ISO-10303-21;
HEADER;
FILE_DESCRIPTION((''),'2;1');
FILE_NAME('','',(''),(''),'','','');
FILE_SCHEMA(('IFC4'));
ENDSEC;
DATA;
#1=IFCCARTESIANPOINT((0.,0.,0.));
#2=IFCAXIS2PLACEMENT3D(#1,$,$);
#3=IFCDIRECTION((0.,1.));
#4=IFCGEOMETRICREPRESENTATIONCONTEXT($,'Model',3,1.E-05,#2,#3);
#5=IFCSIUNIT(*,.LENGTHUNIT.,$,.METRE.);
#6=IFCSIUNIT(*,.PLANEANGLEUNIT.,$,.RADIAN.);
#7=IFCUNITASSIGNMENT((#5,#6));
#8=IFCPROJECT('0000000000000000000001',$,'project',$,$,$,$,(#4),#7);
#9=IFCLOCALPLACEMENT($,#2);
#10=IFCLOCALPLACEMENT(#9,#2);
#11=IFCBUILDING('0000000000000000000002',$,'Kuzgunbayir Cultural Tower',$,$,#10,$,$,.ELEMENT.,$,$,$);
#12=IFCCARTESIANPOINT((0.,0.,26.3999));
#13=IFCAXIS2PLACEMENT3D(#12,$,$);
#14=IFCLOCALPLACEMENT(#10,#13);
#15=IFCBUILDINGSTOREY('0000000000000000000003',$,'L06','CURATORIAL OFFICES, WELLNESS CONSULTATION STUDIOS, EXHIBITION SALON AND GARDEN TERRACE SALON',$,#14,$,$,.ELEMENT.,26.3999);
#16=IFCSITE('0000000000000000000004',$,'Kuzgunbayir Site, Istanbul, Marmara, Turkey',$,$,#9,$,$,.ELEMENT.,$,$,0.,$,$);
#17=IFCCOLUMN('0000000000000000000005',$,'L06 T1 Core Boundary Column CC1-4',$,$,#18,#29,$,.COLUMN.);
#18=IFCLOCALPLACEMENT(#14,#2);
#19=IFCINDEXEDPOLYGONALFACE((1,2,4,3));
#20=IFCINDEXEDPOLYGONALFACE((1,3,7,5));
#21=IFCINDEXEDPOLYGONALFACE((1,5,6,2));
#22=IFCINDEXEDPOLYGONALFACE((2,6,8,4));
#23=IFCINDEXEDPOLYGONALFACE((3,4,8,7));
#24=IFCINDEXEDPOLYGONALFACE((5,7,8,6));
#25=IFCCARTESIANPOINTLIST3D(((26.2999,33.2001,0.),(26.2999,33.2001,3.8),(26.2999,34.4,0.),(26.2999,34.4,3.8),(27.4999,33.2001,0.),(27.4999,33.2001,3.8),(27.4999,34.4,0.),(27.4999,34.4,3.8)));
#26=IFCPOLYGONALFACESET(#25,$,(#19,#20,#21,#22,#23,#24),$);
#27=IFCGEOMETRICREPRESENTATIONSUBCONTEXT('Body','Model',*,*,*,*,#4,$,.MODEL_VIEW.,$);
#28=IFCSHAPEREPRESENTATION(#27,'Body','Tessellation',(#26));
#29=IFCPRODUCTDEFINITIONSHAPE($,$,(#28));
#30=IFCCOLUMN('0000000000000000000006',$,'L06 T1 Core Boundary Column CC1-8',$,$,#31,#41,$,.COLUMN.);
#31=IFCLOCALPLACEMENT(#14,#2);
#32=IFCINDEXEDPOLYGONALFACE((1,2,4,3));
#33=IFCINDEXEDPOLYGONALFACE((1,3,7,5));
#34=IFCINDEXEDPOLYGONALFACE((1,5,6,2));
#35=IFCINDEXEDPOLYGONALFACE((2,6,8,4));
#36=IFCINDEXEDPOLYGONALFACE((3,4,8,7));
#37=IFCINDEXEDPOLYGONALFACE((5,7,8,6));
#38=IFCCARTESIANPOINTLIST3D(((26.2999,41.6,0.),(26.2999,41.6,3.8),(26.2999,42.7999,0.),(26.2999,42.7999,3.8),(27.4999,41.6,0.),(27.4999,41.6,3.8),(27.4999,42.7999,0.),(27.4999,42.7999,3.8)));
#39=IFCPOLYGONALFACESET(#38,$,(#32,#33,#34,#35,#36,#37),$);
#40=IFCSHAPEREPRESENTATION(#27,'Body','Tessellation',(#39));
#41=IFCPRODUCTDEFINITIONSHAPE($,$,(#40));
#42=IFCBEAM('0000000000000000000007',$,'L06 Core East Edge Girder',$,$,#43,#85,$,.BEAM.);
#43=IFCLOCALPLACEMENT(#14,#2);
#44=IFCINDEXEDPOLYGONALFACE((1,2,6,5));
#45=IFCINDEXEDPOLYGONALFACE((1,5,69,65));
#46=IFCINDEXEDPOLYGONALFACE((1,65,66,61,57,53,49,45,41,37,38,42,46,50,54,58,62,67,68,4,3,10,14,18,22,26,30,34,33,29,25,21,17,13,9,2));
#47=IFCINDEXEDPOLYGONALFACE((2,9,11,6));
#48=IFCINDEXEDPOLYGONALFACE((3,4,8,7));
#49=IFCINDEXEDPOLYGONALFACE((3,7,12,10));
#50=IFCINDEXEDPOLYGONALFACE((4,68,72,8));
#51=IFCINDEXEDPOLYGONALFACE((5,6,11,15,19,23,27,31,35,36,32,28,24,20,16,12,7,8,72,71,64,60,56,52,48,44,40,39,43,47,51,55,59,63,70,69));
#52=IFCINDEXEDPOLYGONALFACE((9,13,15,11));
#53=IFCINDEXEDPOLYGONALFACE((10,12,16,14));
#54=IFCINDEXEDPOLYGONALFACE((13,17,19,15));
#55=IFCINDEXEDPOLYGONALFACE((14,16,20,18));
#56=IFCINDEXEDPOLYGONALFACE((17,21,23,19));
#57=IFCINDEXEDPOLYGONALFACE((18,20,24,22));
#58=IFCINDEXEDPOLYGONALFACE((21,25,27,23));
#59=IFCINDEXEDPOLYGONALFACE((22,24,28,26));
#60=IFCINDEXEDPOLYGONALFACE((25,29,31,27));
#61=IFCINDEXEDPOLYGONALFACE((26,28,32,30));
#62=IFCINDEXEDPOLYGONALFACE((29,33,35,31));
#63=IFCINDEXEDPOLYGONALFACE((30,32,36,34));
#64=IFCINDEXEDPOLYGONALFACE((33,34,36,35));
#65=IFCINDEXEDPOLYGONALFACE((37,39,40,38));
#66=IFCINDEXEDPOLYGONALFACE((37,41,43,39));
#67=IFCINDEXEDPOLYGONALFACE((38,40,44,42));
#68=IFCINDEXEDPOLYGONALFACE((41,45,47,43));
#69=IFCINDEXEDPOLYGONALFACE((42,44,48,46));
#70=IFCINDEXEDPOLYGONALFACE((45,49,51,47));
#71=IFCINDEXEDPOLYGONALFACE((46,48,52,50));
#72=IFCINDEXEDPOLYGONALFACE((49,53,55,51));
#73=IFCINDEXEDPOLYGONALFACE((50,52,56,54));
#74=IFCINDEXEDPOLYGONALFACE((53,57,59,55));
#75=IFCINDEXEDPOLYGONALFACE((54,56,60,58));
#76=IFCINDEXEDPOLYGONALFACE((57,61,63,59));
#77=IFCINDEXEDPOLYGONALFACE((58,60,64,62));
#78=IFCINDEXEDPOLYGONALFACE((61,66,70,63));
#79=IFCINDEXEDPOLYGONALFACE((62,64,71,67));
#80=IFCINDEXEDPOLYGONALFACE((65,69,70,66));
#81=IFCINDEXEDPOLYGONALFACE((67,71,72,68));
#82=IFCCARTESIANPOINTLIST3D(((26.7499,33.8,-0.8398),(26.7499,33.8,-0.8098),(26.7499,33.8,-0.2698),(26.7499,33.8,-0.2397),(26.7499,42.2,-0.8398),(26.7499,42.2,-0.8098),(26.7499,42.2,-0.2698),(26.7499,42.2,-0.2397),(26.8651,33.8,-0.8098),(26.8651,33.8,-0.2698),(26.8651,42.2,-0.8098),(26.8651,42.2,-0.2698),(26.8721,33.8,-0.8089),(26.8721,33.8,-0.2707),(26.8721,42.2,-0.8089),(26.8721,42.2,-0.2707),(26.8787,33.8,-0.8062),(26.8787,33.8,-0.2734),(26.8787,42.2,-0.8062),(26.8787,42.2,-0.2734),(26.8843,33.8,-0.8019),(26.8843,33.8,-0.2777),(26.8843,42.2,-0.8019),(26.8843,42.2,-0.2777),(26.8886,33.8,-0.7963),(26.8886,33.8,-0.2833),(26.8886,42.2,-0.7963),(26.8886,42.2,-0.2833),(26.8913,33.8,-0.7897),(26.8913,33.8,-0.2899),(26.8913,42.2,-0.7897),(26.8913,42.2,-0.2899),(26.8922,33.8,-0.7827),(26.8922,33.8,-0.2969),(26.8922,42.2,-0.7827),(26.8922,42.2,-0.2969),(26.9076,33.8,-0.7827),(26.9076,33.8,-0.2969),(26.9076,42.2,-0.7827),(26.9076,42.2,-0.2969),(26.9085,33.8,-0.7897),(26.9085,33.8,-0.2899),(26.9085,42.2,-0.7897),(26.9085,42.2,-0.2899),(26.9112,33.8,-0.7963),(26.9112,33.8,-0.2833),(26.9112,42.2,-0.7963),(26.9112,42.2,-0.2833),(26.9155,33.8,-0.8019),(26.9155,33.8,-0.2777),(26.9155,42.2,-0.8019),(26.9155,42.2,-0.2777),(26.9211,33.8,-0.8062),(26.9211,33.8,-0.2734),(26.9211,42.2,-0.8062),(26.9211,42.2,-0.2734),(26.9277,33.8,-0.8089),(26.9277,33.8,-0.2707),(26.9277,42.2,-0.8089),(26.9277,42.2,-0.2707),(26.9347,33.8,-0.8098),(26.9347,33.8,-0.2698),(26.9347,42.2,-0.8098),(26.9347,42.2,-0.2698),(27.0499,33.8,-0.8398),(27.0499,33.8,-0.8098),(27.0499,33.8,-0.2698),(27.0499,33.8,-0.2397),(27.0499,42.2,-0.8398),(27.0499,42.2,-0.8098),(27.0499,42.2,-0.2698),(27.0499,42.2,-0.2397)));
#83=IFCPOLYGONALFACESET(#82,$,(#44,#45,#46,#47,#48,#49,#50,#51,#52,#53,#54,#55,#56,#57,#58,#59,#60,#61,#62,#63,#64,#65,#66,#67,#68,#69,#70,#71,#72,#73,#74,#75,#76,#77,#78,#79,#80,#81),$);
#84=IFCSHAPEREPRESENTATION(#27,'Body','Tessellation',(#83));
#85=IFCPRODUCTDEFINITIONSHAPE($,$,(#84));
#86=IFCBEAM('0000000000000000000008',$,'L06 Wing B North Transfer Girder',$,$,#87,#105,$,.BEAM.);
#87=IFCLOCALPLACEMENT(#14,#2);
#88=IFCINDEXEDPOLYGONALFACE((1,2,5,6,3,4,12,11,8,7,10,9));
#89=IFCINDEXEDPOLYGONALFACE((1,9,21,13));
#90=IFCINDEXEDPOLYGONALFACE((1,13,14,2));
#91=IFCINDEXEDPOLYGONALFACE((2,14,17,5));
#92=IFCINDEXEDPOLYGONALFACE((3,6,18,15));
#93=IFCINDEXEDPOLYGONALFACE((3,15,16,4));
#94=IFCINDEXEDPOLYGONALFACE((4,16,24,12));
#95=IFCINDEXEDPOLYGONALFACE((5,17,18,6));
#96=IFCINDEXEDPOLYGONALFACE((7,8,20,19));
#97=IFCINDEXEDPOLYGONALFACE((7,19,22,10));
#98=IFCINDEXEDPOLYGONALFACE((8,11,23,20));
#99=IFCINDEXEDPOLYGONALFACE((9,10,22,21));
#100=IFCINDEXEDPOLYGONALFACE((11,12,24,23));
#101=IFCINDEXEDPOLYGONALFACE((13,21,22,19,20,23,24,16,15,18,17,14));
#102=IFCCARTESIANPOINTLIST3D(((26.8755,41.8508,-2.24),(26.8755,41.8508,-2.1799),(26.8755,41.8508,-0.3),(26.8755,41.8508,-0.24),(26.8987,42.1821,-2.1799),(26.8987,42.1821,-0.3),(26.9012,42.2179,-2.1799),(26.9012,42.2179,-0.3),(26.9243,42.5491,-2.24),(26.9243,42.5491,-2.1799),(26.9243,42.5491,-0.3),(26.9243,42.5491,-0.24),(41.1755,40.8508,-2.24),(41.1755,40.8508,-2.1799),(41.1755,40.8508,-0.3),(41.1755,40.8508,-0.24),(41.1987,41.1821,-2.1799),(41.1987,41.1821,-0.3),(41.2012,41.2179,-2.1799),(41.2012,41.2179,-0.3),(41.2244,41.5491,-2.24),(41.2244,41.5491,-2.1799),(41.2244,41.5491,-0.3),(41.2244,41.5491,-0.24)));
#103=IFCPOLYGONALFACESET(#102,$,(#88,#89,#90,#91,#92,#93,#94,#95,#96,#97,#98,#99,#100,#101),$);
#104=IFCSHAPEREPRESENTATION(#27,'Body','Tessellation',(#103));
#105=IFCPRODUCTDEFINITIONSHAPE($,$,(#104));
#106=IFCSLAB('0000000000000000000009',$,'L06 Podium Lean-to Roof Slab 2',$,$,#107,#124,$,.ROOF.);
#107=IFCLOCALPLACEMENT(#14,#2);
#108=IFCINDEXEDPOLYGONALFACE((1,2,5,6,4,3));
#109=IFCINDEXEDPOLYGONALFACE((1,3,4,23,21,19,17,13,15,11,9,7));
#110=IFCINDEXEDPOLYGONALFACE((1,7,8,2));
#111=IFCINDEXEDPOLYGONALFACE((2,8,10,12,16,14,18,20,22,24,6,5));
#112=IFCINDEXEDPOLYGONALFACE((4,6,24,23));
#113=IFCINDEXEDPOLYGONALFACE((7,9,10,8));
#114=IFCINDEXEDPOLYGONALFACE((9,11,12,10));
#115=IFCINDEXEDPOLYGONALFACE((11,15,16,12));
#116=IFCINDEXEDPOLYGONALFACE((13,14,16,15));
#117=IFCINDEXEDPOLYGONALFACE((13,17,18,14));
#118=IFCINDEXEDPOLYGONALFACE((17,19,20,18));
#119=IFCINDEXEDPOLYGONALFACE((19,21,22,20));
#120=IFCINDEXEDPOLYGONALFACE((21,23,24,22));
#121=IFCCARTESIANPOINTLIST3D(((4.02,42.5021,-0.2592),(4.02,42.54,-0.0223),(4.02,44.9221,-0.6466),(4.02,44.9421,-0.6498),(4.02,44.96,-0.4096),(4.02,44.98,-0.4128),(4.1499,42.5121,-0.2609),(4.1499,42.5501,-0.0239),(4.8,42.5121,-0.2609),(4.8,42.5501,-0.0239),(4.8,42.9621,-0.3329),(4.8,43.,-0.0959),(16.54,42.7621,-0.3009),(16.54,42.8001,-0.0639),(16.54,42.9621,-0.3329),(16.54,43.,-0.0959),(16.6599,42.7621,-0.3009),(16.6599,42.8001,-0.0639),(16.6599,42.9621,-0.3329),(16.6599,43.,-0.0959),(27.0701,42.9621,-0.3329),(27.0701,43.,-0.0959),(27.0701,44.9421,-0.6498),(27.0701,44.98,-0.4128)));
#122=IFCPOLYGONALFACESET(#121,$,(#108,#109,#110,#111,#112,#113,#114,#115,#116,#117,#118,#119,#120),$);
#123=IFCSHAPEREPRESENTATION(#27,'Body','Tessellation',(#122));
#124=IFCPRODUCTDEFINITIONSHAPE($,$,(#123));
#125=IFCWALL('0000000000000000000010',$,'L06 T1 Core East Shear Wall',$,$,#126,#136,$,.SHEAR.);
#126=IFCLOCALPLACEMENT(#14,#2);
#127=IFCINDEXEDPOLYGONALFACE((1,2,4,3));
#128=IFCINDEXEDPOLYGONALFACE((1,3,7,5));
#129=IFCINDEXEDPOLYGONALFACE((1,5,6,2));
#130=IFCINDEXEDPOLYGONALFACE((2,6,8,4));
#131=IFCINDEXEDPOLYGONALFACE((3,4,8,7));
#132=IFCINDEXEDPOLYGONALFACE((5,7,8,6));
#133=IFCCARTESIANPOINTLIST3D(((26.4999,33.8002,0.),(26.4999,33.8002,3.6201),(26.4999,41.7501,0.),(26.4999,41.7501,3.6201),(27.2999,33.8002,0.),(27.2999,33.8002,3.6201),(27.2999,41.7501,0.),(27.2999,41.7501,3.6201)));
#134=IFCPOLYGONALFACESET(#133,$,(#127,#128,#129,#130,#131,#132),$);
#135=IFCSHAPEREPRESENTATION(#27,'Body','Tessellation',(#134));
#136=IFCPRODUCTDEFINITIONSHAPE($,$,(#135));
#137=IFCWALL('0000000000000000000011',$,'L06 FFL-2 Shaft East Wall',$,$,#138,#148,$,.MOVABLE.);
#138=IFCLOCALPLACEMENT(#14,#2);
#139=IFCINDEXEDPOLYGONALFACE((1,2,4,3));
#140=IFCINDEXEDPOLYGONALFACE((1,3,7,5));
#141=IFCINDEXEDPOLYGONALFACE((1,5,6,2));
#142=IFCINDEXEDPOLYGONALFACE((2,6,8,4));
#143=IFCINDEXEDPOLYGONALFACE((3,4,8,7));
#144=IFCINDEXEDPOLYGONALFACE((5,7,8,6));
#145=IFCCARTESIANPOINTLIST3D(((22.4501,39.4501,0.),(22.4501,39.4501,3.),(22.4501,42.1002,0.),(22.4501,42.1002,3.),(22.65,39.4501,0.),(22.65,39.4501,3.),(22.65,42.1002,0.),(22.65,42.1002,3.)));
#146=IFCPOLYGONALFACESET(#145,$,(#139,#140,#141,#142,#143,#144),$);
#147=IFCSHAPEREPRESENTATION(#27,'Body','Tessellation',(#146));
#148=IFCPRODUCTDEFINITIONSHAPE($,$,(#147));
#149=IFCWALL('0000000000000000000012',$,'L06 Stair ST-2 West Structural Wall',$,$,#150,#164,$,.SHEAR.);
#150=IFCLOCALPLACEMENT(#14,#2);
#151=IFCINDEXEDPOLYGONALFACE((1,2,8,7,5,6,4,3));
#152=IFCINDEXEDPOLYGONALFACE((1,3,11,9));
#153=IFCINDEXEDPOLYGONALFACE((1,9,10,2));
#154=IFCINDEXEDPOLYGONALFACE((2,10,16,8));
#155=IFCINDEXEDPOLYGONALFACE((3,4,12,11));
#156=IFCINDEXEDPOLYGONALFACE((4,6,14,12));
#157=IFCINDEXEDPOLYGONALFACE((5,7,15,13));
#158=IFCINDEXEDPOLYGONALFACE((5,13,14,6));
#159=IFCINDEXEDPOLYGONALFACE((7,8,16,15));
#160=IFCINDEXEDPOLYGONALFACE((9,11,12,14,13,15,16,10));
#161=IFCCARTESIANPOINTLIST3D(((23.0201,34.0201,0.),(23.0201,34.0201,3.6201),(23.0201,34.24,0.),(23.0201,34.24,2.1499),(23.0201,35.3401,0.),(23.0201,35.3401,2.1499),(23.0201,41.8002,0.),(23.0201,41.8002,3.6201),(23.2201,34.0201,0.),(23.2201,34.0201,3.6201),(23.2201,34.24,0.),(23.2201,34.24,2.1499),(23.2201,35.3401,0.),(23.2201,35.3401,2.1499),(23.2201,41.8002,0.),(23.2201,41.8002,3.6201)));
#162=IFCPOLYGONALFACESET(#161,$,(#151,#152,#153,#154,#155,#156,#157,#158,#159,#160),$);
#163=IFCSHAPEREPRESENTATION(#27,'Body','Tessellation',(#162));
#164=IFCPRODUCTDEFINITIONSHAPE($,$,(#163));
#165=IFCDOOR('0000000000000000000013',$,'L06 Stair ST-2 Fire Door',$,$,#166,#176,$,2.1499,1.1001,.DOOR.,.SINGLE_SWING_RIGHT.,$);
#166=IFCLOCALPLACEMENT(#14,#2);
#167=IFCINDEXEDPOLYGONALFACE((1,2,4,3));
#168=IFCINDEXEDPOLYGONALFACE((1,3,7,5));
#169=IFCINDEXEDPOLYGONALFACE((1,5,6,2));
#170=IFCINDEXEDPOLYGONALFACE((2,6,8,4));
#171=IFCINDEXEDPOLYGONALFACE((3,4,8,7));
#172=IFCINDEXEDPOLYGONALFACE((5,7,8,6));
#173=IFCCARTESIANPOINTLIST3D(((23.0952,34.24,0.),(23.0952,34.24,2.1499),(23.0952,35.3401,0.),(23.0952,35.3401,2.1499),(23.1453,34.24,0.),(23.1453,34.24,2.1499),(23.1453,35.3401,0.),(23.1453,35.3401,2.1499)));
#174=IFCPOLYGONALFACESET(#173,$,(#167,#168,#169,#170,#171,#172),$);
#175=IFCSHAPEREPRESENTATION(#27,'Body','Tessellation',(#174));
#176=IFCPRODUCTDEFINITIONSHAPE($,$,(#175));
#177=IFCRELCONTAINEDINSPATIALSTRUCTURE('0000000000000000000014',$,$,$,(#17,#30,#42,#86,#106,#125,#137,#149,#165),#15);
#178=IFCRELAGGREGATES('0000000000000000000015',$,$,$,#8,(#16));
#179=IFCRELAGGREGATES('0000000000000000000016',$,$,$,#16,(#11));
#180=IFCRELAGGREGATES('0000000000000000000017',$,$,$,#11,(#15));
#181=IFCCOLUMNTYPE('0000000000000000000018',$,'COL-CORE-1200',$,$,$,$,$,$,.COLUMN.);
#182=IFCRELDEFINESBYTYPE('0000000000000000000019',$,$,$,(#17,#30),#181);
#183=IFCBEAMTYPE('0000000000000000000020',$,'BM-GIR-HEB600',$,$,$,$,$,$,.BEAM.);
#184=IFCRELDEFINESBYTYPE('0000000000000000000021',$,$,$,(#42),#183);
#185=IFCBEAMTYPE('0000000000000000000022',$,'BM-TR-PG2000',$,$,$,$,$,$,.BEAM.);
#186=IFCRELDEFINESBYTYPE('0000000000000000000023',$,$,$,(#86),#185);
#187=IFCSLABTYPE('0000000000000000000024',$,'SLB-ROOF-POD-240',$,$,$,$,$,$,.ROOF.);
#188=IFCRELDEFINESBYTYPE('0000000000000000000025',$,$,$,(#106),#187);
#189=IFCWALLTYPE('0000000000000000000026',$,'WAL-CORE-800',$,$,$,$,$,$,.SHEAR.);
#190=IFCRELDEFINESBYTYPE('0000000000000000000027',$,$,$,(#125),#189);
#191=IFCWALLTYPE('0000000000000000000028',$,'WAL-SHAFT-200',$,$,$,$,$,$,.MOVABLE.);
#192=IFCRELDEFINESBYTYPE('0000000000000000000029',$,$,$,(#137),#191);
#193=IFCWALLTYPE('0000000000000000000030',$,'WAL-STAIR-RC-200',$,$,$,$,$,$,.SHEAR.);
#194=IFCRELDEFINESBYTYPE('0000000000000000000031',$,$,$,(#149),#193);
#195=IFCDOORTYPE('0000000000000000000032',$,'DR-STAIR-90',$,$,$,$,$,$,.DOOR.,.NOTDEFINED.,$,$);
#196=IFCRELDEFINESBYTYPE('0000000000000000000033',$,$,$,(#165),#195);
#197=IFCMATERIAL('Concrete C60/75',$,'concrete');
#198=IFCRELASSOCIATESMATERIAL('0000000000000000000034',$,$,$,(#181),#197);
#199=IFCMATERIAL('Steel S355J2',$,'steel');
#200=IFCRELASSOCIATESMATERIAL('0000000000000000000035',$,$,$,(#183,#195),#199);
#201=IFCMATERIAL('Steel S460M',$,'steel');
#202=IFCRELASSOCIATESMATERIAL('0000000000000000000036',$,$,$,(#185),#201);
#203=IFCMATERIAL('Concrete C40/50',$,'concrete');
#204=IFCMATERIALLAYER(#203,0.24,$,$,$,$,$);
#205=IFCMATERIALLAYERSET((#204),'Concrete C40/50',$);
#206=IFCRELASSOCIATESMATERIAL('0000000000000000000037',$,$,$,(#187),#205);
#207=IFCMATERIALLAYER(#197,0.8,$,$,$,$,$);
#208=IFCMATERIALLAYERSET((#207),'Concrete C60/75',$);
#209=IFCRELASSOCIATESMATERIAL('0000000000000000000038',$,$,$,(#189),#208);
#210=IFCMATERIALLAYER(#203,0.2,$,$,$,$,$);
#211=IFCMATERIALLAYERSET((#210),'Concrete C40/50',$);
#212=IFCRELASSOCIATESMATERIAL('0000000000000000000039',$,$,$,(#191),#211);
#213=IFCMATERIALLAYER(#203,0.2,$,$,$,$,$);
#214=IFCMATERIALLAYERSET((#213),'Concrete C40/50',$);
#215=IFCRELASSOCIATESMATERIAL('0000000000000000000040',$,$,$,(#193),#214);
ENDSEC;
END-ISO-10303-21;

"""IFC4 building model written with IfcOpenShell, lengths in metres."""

from ifc_helpers import new_model, si_unit, direction, frame, frame_2d, origin, origin_2d, place, context, subcontext, project, spatial, polyline, rectangle, i_section, outline, extrude, material, layer, layer_set, material_profile, profile_set, type_object, element, fill, save


model = new_model("IFC4")

# Units and contexts
model_context = context("Model", 3, precision=1e-05, world=origin(), true_north=direction((0.0, 1.0)))
body_context = subcontext(model_context, "Body", "Model", "MODEL_VIEW")
ifc_project = project(units=[si_unit("LENGTHUNIT", "METRE"), si_unit("PLANEANGLEUNIT", "RADIAN")], contexts=[model_context])

# Site, building, storey
site_placement = place(None, origin())
site = spatial("IfcSite", under=ifc_project, at=site_placement, Name="Kuzgunbayir Site, Istanbul, Marmara, Turkey", CompositionType="ELEMENT", RefElevation=0.0)
building_placement = place(site_placement, origin())
building = spatial("IfcBuilding", under=site, at=building_placement, Name="Kuzgunbayir Cultural Tower", CompositionType="ELEMENT")
storey_placement = place(building_placement, frame((0.0, 0.0, 26.3999)))
storey = spatial("IfcBuildingStorey", under=building, at=storey_placement, Name="L06", Description="CURATORIAL OFFICES, WELLNESS CONSULTATION STUDIOS, EXHIBITION SALON AND GARDEN TERRACE SALON", CompositionType="ELEMENT", Elevation=26.3999)

# Columns
ifc_material_1 = material(Name="Concrete C60/75", Category="concrete")
ifc_material_profile_1 = material_profile(ifc_material_1, rectangle(XDim=1.2, YDim=1.2, at=origin_2d()), Name="RC 1200x1200")
ifc_profile_set_1 = profile_set([ifc_material_profile_1], Name="Concrete C60/75")
column_type = type_object("IfcColumnType", Name="COL-CORE-1200", PredefinedType="COLUMN", material=ifc_profile_set_1)
for number, where, z_axis, x_axis, name in (
    (1, (26.8999, 33.8, 0.0), (0.0, 0.0, 1.0), (1.0, 0.0, 0.0), "L06 T1 Core Boundary Column CC1-4"),
    (2, (26.8999, 42.2, 0.0), (0.0, 0.0, 1.0), (1.0, 0.0, 0.0), "L06 T1 Core Boundary Column CC1-8"),
):
    element("IfcColumn", number, at=place(storey_placement, frame(where, z_axis=z_axis, x_axis=x_axis)), inside=storey, type_object=column_type, Name=name, PredefinedType="COLUMN", context=body_context, shape_type="SweptSolid", body=[
        extrude(rectangle(XDim=1.2, YDim=1.2, at=origin_2d()), origin(), (0.0, 0.0, 1.0), 3.8),
    ])

# Beams
ifc_material_2 = material(Name="Steel S355J2", Category="steel")
ifc_material_profile_2 = material_profile(ifc_material_2, i_section(OverallWidth=0.3, OverallDepth=0.6001, WebThickness=0.0154, FlangeThickness=0.03, FilletRadius=0.0271, at=origin_2d()), Name="HEB 600")
ifc_profile_set_2 = profile_set([ifc_material_profile_2], Name="Steel S355J2")
beam_type_1 = type_object("IfcBeamType", Name="BM-GIR-HEB600", PredefinedType="BEAM", material=ifc_profile_set_2)
beam_1_placement = place(storey_placement, frame((26.8999, 33.8, -0.5398), z_axis=(0.0, 1.0, 0.0), x_axis=(-1.0, 0.0, 0.0)))
element("IfcBeam", 3, at=beam_1_placement, inside=storey, type_object=beam_type_1, Name="L06 Core East Edge Girder", PredefinedType="BEAM", context=body_context, shape_type="SweptSolid", body=[
    extrude(i_section(OverallWidth=0.3, OverallDepth=0.6001, WebThickness=0.0154, FlangeThickness=0.03, FilletRadius=0.0271, at=origin_2d()), origin(), (0.0, 0.0, 1.0), 8.3999),
])
ifc_material_3 = material(Name="Steel S460M", Category="steel")
ifc_material_profile_3 = material_profile(ifc_material_3, i_section(OverallWidth=0.7, OverallDepth=2.0, WebThickness=0.0359, FlangeThickness=0.0601, at=origin_2d()), Name="PG 2000x700x36x60")
ifc_profile_set_3 = profile_set([ifc_material_profile_3], Name="Steel S460M")
beam_type_2 = type_object("IfcBeamType", Name="BM-TR-PG2000", PredefinedType="BEAM", material=ifc_profile_set_3)
beam_2_placement = place(storey_placement, frame((26.8999, 42.2, -1.24), z_axis=(0.997564, -0.069759, 0.0), x_axis=(0.069759, 0.997564, 0.0)))
element("IfcBeam", 4, at=beam_2_placement, inside=storey, type_object=beam_type_2, Name="L06 Wing B North Transfer Girder", PredefinedType="BEAM", context=body_context, shape_type="SweptSolid", body=[
    extrude(i_section(OverallWidth=0.7, OverallDepth=2.0, WebThickness=0.0359, FlangeThickness=0.0601, at=origin_2d()), origin(), (0.0, 0.0, 1.0), 14.335),
])

# Slab
ifc_material_4 = material(Name="Concrete C40/50", Category="concrete")
ifc_layer_1 = layer(ifc_material_4, 0.24)
ifc_layer_set_1 = layer_set([ifc_layer_1], Name="Concrete C40/50")
slab_type = type_object("IfcSlabType", Name="SLB-ROOF-POD-240", PredefinedType="ROOF", material=ifc_layer_set_1)
slab_placement = place(storey_placement, frame((27.0701, 44.98, -0.4128), z_axis=(0.000002, 0.158039, 0.987433), x_axis=(-1.0, 0.0, 0.000002)))
element("IfcSlab", 5, at=slab_placement, inside=storey, type_object=slab_type, Name="L06 Podium Lean-to Roof Slab 2", PredefinedType="ROOF", context=body_context, shape_type="SweptSolid", body=[
    extrude(outline(polyline([(0.0, 0.0), (23.05, 0.0), (23.05, 0.0202), (23.05, 2.4711), (22.9202, 2.4609), (22.27, 2.4609), (22.27, 2.0052), (10.53, 2.0052), (10.53, 2.2077), (10.4102, 2.2077), (10.4102, 2.0052), (0.0, 2.0052), (0.0, 0.0)])), origin(), (0.0, 0.0, -1.0), 0.24),
])

# Walls
ifc_layer_2 = layer(ifc_material_1, 0.8)
ifc_layer_set_2 = layer_set([ifc_layer_2], Name="Concrete C60/75")
wall_type_1 = type_object("IfcWallType", Name="WAL-CORE-800", PredefinedType="SHEAR", material=ifc_layer_set_2)
wall_1_placement = place(storey_placement, frame((26.8999, 33.8, 0.0), z_axis=(0.0, 0.0, 1.0), x_axis=(0.0, 1.0, 0.0)))
element("IfcWall", 6, at=wall_1_placement, inside=storey, type_object=wall_type_1, Name="L06 T1 Core East Shear Wall", PredefinedType="SHEAR", context=body_context, shape_type="SweptSolid", body=[
    extrude(rectangle(XDim=7.95, YDim=0.8, at=frame_2d((3.9751, 0.0))), origin(), (0.0, 0.0, 1.0), 3.6201),
])
ifc_layer_3 = layer(ifc_material_4, 0.2)
ifc_layer_set_3 = layer_set([ifc_layer_3], Name="Concrete C40/50")
wall_type_2 = type_object("IfcWallType", Name="WAL-SHAFT-200", PredefinedType="MOVABLE", material=ifc_layer_set_3)
wall_2_placement = place(storey_placement, frame((22.55, 39.45, 0.0), z_axis=(0.0, 0.0, 1.0), x_axis=(0.0, 1.0, 0.0)))
element("IfcWall", 7, at=wall_2_placement, inside=storey, type_object=wall_type_2, Name="L06 FFL-2 Shaft East Wall", PredefinedType="MOVABLE", context=body_context, shape_type="SweptSolid", body=[
    extrude(rectangle(XDim=2.6501, YDim=0.2, at=frame_2d((1.3252, 0.0))), origin(), (0.0, 0.0, 1.0), 3.0),
])

# Wall, opening, door
ifc_layer_4 = layer(ifc_material_4, 0.2)
ifc_layer_set_4 = layer_set([ifc_layer_4], Name="Concrete C40/50")
wall_type_3 = type_object("IfcWallType", Name="WAL-STAIR-RC-200", PredefinedType="SHEAR", material=ifc_layer_set_4)
wall_3_placement = place(storey_placement, frame((23.1201, 34.02, 0.0), z_axis=(0.0, 0.0, 1.0), x_axis=(0.0, 1.0, 0.0)))
wall_3 = element("IfcWall", 8, at=wall_3_placement, inside=storey, type_object=wall_type_3, Name="L06 Stair ST-2 West Structural Wall", PredefinedType="SHEAR", context=body_context, shape_type="SweptSolid", body=[
    extrude(rectangle(XDim=7.78, YDim=0.2, at=frame_2d((3.8901, 0.0))), origin(), (0.0, 0.0, 1.0), 3.6201),
])
opening_placement = place(wall_3_placement, frame((0.22, 0.0, 0.0)))
opening = element("IfcOpeningElement", 9, at=opening_placement, cuts=wall_3, PredefinedType="OPENING", context=body_context, shape_type="SweptSolid", body=[
    extrude(rectangle(XDim=1.1001, YDim=2.1499, at=frame_2d((0.55, 1.075))), frame((0.0, 0.1099, 0.0), z_axis=(0.0, -1.0, 0.0), x_axis=(1.0, 0.0, 0.0)), (0.0, 0.0, 1.0), 0.22),
])
door_type = type_object("IfcDoorType", Name="DR-STAIR-90", OperationType="NOTDEFINED", PredefinedType="DOOR", material=ifc_material_2)
door_placement = place(opening_placement, origin())
door = element("IfcDoor", 10, at=door_placement, inside=storey, type_object=door_type, Name="L06 Stair ST-2 Fire Door", OperationType="SINGLE_SWING_RIGHT", OverallHeight=2.1499, OverallWidth=1.1001, PredefinedType="DOOR", context=body_context, shape_type="SweptSolid", body=[
    extrude(rectangle(XDim=1.1001, YDim=2.1499, at=frame_2d((0.55, 1.075))), frame((0.0, 0.0249, 0.0), z_axis=(0.0, -1.0, 0.0), x_axis=(1.0, 0.0, 0.0)), (0.0, 0.0, 1.0), 0.05),
])
fill(opening, door)

save(model, "model.ifc")
